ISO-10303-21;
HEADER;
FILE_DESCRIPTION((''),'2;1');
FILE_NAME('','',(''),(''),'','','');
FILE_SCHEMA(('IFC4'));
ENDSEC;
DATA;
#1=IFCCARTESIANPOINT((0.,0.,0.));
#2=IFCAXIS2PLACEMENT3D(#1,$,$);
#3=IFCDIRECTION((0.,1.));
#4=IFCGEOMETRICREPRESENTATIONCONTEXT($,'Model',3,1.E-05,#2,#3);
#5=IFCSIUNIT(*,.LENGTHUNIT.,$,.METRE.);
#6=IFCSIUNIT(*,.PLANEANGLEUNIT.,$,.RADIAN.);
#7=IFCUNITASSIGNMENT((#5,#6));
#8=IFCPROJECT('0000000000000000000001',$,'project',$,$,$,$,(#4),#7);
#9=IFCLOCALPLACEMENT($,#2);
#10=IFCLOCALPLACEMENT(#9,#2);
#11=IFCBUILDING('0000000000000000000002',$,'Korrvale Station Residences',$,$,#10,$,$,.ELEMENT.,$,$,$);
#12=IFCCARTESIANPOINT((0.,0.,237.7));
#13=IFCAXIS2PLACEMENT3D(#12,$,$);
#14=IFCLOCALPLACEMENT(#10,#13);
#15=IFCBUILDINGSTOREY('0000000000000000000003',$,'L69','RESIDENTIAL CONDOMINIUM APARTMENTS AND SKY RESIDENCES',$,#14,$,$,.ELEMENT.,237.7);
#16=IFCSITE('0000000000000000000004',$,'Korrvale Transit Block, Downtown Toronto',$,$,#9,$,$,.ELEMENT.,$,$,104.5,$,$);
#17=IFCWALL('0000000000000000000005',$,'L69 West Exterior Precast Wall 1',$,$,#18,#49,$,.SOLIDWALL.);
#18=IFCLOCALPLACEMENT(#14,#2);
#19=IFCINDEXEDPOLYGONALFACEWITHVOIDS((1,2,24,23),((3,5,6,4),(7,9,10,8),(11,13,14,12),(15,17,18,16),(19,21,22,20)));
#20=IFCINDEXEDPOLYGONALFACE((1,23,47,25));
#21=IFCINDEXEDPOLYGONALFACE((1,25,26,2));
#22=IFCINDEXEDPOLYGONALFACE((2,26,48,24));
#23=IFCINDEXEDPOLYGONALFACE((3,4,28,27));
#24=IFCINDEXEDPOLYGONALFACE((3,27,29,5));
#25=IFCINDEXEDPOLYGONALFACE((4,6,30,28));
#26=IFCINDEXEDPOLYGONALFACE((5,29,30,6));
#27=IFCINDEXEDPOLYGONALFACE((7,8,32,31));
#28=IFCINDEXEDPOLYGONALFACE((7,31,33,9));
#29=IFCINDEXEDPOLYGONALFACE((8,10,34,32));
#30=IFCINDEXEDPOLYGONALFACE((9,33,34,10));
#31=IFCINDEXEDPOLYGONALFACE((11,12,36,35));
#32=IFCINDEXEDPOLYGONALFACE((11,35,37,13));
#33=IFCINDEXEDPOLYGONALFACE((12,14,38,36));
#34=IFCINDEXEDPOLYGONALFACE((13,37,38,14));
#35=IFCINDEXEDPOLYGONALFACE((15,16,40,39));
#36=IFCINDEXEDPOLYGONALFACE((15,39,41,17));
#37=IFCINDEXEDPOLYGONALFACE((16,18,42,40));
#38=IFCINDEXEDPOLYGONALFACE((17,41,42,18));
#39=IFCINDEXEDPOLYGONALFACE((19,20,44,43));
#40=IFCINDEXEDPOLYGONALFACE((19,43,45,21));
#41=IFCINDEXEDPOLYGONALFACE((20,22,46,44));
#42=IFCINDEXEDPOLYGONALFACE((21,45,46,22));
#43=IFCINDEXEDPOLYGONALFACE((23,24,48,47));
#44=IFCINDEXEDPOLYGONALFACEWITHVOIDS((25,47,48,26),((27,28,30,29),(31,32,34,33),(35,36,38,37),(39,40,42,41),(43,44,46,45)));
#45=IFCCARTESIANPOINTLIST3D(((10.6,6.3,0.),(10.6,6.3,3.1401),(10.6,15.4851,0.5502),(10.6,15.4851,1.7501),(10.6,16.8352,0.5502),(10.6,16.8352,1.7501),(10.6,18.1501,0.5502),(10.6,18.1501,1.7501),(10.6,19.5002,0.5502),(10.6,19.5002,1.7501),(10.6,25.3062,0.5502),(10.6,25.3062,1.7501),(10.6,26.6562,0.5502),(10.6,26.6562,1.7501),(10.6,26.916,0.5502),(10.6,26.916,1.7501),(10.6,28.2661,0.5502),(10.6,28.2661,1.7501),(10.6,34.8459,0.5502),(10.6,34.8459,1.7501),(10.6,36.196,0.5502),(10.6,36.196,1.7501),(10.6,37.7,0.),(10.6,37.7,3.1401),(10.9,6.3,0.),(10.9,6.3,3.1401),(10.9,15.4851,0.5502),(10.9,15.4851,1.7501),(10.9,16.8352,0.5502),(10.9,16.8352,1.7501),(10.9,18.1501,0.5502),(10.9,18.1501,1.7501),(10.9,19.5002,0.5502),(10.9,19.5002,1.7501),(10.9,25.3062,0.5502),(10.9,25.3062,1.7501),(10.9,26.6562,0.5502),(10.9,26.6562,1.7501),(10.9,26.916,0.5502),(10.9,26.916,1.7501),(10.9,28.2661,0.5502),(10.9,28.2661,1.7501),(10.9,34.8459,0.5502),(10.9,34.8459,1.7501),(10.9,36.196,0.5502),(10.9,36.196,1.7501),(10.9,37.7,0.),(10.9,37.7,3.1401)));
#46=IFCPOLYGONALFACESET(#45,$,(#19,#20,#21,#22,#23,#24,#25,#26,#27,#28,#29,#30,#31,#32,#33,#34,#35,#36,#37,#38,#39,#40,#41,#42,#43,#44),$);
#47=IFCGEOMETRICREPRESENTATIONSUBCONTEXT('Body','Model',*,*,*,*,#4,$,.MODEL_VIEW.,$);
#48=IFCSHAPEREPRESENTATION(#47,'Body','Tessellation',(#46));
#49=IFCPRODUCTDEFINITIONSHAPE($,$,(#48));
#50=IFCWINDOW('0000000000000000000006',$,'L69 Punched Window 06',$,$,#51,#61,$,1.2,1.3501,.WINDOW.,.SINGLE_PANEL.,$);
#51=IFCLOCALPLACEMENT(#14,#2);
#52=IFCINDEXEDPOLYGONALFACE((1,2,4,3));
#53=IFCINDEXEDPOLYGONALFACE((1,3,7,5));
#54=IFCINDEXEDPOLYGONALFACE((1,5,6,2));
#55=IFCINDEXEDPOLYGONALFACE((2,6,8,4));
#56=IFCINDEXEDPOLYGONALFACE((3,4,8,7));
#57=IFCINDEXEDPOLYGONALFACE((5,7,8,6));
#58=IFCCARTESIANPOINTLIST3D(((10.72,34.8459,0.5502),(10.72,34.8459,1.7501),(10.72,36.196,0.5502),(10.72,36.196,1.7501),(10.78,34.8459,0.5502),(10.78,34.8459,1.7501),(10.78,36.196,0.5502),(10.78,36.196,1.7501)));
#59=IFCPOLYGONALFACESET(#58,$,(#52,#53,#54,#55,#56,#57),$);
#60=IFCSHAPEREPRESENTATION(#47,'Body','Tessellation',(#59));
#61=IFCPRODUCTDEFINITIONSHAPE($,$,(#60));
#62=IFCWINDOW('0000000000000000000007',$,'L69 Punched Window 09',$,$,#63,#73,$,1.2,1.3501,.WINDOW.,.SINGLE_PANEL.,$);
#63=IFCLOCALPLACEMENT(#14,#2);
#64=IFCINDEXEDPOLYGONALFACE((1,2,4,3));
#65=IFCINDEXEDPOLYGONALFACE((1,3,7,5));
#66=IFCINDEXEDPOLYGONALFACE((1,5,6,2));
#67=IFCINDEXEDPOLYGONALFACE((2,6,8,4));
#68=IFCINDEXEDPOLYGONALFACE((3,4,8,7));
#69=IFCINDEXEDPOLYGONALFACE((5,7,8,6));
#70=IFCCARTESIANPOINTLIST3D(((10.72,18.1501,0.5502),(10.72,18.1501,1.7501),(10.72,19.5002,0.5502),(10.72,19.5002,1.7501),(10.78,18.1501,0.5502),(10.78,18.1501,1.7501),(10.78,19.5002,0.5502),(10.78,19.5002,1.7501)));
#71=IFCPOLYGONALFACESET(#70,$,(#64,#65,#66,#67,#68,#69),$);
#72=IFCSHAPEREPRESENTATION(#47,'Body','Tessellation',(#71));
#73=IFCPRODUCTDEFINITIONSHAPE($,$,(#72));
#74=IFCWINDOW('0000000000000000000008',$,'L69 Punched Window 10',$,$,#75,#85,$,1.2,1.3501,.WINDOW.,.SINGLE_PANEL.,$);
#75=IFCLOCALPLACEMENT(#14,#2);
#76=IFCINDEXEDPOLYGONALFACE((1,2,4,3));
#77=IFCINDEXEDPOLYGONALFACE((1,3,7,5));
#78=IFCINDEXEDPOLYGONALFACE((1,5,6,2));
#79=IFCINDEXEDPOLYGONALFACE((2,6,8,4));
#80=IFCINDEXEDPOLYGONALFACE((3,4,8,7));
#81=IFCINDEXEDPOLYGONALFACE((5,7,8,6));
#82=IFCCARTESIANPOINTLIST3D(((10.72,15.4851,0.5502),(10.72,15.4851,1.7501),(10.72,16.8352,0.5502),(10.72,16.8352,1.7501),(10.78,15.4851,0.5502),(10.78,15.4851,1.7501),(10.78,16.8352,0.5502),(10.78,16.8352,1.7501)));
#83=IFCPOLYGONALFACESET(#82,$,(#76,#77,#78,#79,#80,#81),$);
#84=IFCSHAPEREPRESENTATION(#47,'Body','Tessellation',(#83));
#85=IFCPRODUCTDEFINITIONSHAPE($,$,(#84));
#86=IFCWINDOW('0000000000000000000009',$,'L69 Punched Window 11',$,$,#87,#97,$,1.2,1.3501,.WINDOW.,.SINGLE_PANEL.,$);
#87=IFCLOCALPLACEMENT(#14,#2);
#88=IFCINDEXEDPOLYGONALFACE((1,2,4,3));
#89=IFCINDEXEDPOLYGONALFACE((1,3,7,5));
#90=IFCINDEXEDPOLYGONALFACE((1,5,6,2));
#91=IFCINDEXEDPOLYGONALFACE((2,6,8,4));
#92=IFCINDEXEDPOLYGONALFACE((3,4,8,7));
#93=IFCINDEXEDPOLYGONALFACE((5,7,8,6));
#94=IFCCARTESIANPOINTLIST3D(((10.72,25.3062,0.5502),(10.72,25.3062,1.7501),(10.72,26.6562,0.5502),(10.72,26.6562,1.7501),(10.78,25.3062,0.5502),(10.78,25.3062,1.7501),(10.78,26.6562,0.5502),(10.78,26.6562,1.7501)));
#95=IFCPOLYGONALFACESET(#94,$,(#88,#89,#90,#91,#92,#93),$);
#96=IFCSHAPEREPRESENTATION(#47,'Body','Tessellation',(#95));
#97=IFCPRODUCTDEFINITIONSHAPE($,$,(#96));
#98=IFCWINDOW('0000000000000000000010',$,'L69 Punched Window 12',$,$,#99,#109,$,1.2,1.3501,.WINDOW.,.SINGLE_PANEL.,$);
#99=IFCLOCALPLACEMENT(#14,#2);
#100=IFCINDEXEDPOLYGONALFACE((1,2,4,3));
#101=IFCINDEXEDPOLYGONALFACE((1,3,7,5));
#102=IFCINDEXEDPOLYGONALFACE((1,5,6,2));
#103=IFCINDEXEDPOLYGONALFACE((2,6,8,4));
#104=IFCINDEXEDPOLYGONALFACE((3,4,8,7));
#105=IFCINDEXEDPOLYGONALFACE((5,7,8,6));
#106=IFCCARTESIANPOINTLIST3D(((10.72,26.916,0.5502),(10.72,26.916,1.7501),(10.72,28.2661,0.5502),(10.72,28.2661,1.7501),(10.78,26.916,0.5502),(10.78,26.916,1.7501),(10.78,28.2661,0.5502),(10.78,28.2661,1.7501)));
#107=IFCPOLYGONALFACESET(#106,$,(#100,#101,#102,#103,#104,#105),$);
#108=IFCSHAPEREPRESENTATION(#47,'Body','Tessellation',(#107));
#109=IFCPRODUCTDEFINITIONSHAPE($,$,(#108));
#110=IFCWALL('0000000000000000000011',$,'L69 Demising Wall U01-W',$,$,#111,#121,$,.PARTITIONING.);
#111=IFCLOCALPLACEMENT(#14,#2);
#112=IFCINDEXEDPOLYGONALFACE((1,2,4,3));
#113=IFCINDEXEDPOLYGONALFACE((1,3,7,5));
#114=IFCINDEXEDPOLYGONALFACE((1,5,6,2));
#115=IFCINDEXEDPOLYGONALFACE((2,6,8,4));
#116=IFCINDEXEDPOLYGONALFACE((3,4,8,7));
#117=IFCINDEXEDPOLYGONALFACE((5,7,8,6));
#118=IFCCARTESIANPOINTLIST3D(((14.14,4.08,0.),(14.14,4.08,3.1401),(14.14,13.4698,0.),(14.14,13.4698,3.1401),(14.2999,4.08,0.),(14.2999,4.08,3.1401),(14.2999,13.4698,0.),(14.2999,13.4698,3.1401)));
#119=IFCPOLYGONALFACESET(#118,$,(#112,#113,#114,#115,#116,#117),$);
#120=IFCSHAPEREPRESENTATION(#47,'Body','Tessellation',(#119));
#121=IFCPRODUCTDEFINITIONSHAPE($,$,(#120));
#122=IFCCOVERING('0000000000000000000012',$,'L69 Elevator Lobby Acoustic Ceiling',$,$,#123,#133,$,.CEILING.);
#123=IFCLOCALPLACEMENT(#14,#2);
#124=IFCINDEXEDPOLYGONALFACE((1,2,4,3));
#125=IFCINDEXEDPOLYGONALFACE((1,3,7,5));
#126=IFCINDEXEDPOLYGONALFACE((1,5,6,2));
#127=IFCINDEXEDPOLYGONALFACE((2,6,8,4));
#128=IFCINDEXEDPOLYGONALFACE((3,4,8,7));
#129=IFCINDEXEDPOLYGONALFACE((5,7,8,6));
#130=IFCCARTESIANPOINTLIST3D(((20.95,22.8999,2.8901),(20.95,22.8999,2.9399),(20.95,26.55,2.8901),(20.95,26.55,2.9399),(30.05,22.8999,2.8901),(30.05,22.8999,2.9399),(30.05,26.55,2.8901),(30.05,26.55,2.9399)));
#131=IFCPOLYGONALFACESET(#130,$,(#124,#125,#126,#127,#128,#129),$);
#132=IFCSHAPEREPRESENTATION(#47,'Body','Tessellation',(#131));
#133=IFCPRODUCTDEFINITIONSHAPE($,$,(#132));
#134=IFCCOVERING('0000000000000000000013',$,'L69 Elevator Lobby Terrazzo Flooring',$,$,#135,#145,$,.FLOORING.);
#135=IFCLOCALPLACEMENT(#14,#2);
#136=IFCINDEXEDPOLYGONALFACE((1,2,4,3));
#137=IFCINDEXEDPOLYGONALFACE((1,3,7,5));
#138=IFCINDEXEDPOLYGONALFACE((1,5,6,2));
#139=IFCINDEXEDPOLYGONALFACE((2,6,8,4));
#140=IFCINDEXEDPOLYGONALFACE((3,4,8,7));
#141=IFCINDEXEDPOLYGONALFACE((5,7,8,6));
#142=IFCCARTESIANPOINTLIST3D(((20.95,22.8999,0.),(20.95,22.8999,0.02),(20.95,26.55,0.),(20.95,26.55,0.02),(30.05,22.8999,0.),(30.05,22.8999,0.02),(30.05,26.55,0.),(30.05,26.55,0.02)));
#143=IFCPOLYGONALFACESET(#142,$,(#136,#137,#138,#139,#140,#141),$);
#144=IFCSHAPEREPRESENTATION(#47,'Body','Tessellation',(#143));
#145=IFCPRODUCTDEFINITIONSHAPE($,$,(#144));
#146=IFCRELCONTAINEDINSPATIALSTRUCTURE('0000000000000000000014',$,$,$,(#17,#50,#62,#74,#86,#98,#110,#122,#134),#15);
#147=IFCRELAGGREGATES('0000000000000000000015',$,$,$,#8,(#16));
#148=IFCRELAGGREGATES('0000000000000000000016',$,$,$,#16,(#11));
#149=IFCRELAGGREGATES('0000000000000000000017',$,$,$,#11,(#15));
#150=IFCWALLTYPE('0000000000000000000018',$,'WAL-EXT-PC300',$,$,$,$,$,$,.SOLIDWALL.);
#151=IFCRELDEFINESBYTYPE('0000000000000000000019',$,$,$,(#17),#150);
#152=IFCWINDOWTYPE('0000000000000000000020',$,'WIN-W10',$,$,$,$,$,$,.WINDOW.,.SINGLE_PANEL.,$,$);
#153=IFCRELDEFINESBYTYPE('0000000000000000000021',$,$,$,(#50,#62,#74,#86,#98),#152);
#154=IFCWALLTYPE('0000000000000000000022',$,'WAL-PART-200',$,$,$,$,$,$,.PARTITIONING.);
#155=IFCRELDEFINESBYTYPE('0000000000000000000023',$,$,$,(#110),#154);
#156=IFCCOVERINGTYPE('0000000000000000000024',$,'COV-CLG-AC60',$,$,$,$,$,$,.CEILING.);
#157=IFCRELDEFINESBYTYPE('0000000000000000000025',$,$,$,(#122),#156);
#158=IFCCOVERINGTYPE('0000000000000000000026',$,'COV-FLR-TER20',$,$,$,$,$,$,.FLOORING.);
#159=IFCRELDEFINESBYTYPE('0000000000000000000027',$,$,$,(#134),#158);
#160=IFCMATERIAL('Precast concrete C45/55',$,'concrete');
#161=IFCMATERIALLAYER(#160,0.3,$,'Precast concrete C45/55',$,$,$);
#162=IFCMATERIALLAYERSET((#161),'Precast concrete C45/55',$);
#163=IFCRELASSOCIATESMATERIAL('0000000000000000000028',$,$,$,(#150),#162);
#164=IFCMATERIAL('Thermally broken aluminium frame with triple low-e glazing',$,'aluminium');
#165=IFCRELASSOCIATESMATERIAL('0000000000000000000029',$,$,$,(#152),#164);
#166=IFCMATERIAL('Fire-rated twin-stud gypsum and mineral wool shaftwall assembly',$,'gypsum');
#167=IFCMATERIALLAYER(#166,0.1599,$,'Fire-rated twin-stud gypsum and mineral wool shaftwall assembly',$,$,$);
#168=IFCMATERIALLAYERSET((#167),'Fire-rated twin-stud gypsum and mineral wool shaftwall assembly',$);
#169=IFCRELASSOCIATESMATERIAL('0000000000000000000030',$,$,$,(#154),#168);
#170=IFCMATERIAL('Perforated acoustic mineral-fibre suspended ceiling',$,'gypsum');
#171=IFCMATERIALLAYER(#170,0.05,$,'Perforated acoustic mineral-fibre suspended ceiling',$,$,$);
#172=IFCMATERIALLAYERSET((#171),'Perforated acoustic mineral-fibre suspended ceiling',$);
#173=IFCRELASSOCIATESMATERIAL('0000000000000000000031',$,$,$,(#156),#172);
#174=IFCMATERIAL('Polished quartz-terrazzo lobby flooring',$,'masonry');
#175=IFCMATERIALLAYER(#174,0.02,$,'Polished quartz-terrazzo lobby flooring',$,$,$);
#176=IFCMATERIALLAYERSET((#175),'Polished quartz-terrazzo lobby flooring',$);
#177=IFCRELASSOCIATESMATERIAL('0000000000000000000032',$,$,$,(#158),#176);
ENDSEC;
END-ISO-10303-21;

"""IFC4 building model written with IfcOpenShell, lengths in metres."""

from ifc_helpers import new_model, si_unit, direction, frame, frame_2d, origin, place, context, subcontext, project, spatial, polyline, rectangle, outline, extrude, material, layer, layer_set, type_object, element, fill, save


model = new_model("IFC4")

# Units and contexts
model_context = context("Model", 3, precision=1e-05, world=origin(), true_north=direction((0.0, 1.0)))
body_context = subcontext(model_context, "Body", "Model", "MODEL_VIEW")
ifc_project = project(units=[si_unit("LENGTHUNIT", "METRE"), si_unit("PLANEANGLEUNIT", "RADIAN")], contexts=[model_context])

# Site, building, storey
site_placement = place(None, origin())
site = spatial("IfcSite", under=ifc_project, at=site_placement, Name="Korrvale Transit Block, Downtown Toronto", CompositionType="ELEMENT", RefElevation=104.5)
building_placement = place(site_placement, origin())
building = spatial("IfcBuilding", under=site, at=building_placement, Name="Korrvale Station Residences", CompositionType="ELEMENT")
storey_placement = place(building_placement, frame((0.0, 0.0, 237.7)))
storey = spatial("IfcBuildingStorey", under=building, at=storey_placement, Name="L69", Description="RESIDENTIAL CONDOMINIUM APARTMENTS AND SKY RESIDENCES", CompositionType="ELEMENT", Elevation=237.7)

# Shared definitions
ifc_material_1 = material(Name="Precast concrete C45/55", Category="concrete")
ifc_layer_1 = layer(ifc_material_1, 0.3, Name="Precast concrete C45/55")
ifc_layer_set_1 = layer_set([ifc_layer_1], Name="Precast concrete C45/55")
wall_type_1 = type_object("IfcWallType", Name="WAL-EXT-PC300", PredefinedType="SOLIDWALL", material=ifc_layer_set_1)

# Wall, openings, windows
wall_1_placement = place(storey_placement, frame((10.75, 6.3, 0.0), z_axis=(0.0, 0.0, 1.0), x_axis=(0.0, 1.0, 0.0)))
wall_1 = element("IfcWall", 1, at=wall_1_placement, inside=storey, type_object=wall_type_1, Name="L69 West Exterior Precast Wall 1", PredefinedType="SOLIDWALL", context=body_context, shape_type="SweptSolid", body=[
    extrude(rectangle(XDim=31.3999, YDim=0.3, at=frame_2d((15.7, 0.0))), origin(), (0.0, 0.0, 1.0), 3.1401),
])
opening_1_placement = place(wall_1_placement, frame((28.5459, 0.0, 0.55)))
opening_1 = element("IfcOpeningElement", 2, at=opening_1_placement, cuts=wall_1, PredefinedType="OPENING", context=body_context, shape_type="SweptSolid", body=[
    extrude(rectangle(XDim=1.3501, YDim=1.2, at=frame_2d((0.675, 0.6001))), frame((0.0, 0.1602, 0.0), z_axis=(0.0, -1.0, 0.0), x_axis=(1.0, 0.0, 0.0)), (0.0, 0.0, 1.0), 0.3201),
])
opening_2_placement = place(wall_1_placement, frame((11.8501, 0.0, 0.55)))
opening_2 = element("IfcOpeningElement", 3, at=opening_2_placement, cuts=wall_1, PredefinedType="OPENING", context=body_context, shape_type="SweptSolid", body=[
    extrude(rectangle(XDim=1.3501, YDim=1.2, at=frame_2d((0.675, 0.6001))), frame((0.0, 0.1602, 0.0), z_axis=(0.0, -1.0, 0.0), x_axis=(1.0, 0.0, 0.0)), (0.0, 0.0, 1.0), 0.3201),
])
opening_3_placement = place(wall_1_placement, frame((9.1851, 0.0, 0.55)))
opening_3 = element("IfcOpeningElement", 4, at=opening_3_placement, cuts=wall_1, PredefinedType="OPENING", context=body_context, shape_type="SweptSolid", body=[
    extrude(rectangle(XDim=1.3501, YDim=1.2, at=frame_2d((0.675, 0.6001))), frame((0.0, 0.1602, 0.0), z_axis=(0.0, -1.0, 0.0), x_axis=(1.0, 0.0, 0.0)), (0.0, 0.0, 1.0), 0.3201),
])
opening_4_placement = place(wall_1_placement, frame((19.0061, 0.0, 0.55)))
opening_4 = element("IfcOpeningElement", 5, at=opening_4_placement, cuts=wall_1, PredefinedType="OPENING", context=body_context, shape_type="SweptSolid", body=[
    extrude(rectangle(XDim=1.3501, YDim=1.2, at=frame_2d((0.675, 0.6001))), frame((0.0, 0.1602, 0.0), z_axis=(0.0, -1.0, 0.0), x_axis=(1.0, 0.0, 0.0)), (0.0, 0.0, 1.0), 0.3201),
])
opening_5_placement = place(wall_1_placement, frame((20.616, 0.0, 0.55)))
opening_5 = element("IfcOpeningElement", 6, at=opening_5_placement, cuts=wall_1, PredefinedType="OPENING", context=body_context, shape_type="SweptSolid", body=[
    extrude(rectangle(XDim=1.3501, YDim=1.2, at=frame_2d((0.675, 0.6001))), frame((0.0, 0.1602, 0.0), z_axis=(0.0, -1.0, 0.0), x_axis=(1.0, 0.0, 0.0)), (0.0, 0.0, 1.0), 0.3201),
])
ifc_material_2 = material(Name="Thermally broken aluminium frame with triple low-e glazing", Category="aluminium")
window_type = type_object("IfcWindowType", Name="WIN-W10", PartitioningType="SINGLE_PANEL", PredefinedType="WINDOW", material=ifc_material_2)
window_1_placement = place(opening_1_placement, origin())
window_1 = element("IfcWindow", 7, at=window_1_placement, inside=storey, type_object=window_type, Name="L69 Punched Window 06", OverallHeight=1.2, OverallWidth=1.3501, PartitioningType="SINGLE_PANEL", PredefinedType="WINDOW", context=body_context, shape_type="SweptSolid", body=[
    extrude(rectangle(XDim=1.3501, YDim=1.2, at=frame_2d((0.675, 0.6001))), frame((0.0, 0.03, 0.0), z_axis=(0.0, -1.0, 0.0), x_axis=(1.0, 0.0, 0.0)), (0.0, 0.0, 1.0), 0.0601),
])
fill(opening_1, window_1)
window_2_placement = place(opening_2_placement, origin())
window_2 = element("IfcWindow", 8, at=window_2_placement, inside=storey, type_object=window_type, Name="L69 Punched Window 09", OverallHeight=1.2, OverallWidth=1.3501, PartitioningType="SINGLE_PANEL", PredefinedType="WINDOW", context=body_context, shape_type="SweptSolid", body=[
    extrude(rectangle(XDim=1.3501, YDim=1.2, at=frame_2d((0.675, 0.6001))), frame((0.0, 0.03, 0.0), z_axis=(0.0, -1.0, 0.0), x_axis=(1.0, 0.0, 0.0)), (0.0, 0.0, 1.0), 0.0601),
])
fill(opening_2, window_2)
window_3_placement = place(opening_3_placement, origin())
window_3 = element("IfcWindow", 9, at=window_3_placement, inside=storey, type_object=window_type, Name="L69 Punched Window 10", OverallHeight=1.2, OverallWidth=1.3501, PartitioningType="SINGLE_PANEL", PredefinedType="WINDOW", context=body_context, shape_type="SweptSolid", body=[
    extrude(rectangle(XDim=1.3501, YDim=1.2, at=frame_2d((0.675, 0.6001))), frame((0.0, 0.03, 0.0), z_axis=(0.0, -1.0, 0.0), x_axis=(1.0, 0.0, 0.0)), (0.0, 0.0, 1.0), 0.0601),
])
fill(opening_3, window_3)
window_4_placement = place(opening_4_placement, origin())
window_4 = element("IfcWindow", 10, at=window_4_placement, inside=storey, type_object=window_type, Name="L69 Punched Window 11", OverallHeight=1.2, OverallWidth=1.3501, PartitioningType="SINGLE_PANEL", PredefinedType="WINDOW", context=body_context, shape_type="SweptSolid", body=[
    extrude(rectangle(XDim=1.3501, YDim=1.2, at=frame_2d((0.675, 0.6001))), frame((0.0, 0.03, 0.0), z_axis=(0.0, -1.0, 0.0), x_axis=(1.0, 0.0, 0.0)), (0.0, 0.0, 1.0), 0.0601),
])
fill(opening_4, window_4)
window_5_placement = place(opening_5_placement, origin())
window_5 = element("IfcWindow", 11, at=window_5_placement, inside=storey, type_object=window_type, Name="L69 Punched Window 12", OverallHeight=1.2, OverallWidth=1.3501, PartitioningType="SINGLE_PANEL", PredefinedType="WINDOW", context=body_context, shape_type="SweptSolid", body=[
    extrude(rectangle(XDim=1.3501, YDim=1.2, at=frame_2d((0.675, 0.6001))), frame((0.0, 0.03, 0.0), z_axis=(0.0, -1.0, 0.0), x_axis=(1.0, 0.0, 0.0)), (0.0, 0.0, 1.0), 0.0601),
])
fill(opening_5, window_5)

# Wall
ifc_material_3 = material(Name="Fire-rated twin-stud gypsum and mineral wool shaftwall assembly", Category="gypsum")
ifc_layer_2 = layer(ifc_material_3, 0.1599, Name="Fire-rated twin-stud gypsum and mineral wool shaftwall assembly")
ifc_layer_set_2 = layer_set([ifc_layer_2], Name="Fire-rated twin-stud gypsum and mineral wool shaftwall assembly")
wall_type_2 = type_object("IfcWallType", Name="WAL-PART-200", PredefinedType="PARTITIONING", material=ifc_layer_set_2)
wall_2_placement = place(storey_placement, frame((14.22, 4.0801, 0.0), z_axis=(0.0, 0.0, 1.0), x_axis=(0.0, 1.0, 0.0)))
element("IfcWall", 12, at=wall_2_placement, inside=storey, type_object=wall_type_2, Name="L69 Demising Wall U01-W", PredefinedType="PARTITIONING", context=body_context, shape_type="SweptSolid", body=[
    extrude(rectangle(XDim=9.3899, YDim=0.1599, at=frame_2d((4.6948, 0.0))), origin(), (0.0, 0.0, 1.0), 3.1401),
])

# Coverings
ifc_material_4 = material(Name="Perforated acoustic mineral-fibre suspended ceiling", Category="gypsum")
ifc_layer_3 = layer(ifc_material_4, 0.05, Name="Perforated acoustic mineral-fibre suspended ceiling")
ifc_layer_set_3 = layer_set([ifc_layer_3], Name="Perforated acoustic mineral-fibre suspended ceiling")
covering_type_1 = type_object("IfcCoveringType", Name="COV-CLG-AC60", PredefinedType="CEILING", material=ifc_layer_set_3)
covering_1_placement = place(storey_placement, frame((0.0, 0.0, 2.8901)))
element("IfcCovering", 13, at=covering_1_placement, inside=storey, type_object=covering_type_1, Name="L69 Elevator Lobby Acoustic Ceiling", PredefinedType="CEILING", context=body_context, shape_type="SweptSolid", body=[
    extrude(outline(polyline([(20.95, 22.8999), (30.05, 22.8999), (30.05, 26.55), (20.95, 26.55), (20.95, 22.8999)])), origin(), (0.0, 0.0, 1.0), 0.0498),
])
ifc_material_5 = material(Name="Polished quartz-terrazzo lobby flooring", Category="masonry")
ifc_layer_4 = layer(ifc_material_5, 0.02, Name="Polished quartz-terrazzo lobby flooring")
ifc_layer_set_4 = layer_set([ifc_layer_4], Name="Polished quartz-terrazzo lobby flooring")
covering_type_2 = type_object("IfcCoveringType", Name="COV-FLR-TER20", PredefinedType="FLOORING", material=ifc_layer_set_4)
covering_2_placement = place(storey_placement, origin())
element("IfcCovering", 14, at=covering_2_placement, inside=storey, type_object=covering_type_2, Name="L69 Elevator Lobby Terrazzo Flooring", PredefinedType="FLOORING", context=body_context, shape_type="SweptSolid", body=[
    extrude(outline(polyline([(20.95, 22.8999), (30.05, 22.8999), (30.05, 26.55), (20.95, 26.55), (20.95, 22.8999)])), origin(), (0.0, 0.0, 1.0), 0.02),
])

save(model, "model.ifc")
